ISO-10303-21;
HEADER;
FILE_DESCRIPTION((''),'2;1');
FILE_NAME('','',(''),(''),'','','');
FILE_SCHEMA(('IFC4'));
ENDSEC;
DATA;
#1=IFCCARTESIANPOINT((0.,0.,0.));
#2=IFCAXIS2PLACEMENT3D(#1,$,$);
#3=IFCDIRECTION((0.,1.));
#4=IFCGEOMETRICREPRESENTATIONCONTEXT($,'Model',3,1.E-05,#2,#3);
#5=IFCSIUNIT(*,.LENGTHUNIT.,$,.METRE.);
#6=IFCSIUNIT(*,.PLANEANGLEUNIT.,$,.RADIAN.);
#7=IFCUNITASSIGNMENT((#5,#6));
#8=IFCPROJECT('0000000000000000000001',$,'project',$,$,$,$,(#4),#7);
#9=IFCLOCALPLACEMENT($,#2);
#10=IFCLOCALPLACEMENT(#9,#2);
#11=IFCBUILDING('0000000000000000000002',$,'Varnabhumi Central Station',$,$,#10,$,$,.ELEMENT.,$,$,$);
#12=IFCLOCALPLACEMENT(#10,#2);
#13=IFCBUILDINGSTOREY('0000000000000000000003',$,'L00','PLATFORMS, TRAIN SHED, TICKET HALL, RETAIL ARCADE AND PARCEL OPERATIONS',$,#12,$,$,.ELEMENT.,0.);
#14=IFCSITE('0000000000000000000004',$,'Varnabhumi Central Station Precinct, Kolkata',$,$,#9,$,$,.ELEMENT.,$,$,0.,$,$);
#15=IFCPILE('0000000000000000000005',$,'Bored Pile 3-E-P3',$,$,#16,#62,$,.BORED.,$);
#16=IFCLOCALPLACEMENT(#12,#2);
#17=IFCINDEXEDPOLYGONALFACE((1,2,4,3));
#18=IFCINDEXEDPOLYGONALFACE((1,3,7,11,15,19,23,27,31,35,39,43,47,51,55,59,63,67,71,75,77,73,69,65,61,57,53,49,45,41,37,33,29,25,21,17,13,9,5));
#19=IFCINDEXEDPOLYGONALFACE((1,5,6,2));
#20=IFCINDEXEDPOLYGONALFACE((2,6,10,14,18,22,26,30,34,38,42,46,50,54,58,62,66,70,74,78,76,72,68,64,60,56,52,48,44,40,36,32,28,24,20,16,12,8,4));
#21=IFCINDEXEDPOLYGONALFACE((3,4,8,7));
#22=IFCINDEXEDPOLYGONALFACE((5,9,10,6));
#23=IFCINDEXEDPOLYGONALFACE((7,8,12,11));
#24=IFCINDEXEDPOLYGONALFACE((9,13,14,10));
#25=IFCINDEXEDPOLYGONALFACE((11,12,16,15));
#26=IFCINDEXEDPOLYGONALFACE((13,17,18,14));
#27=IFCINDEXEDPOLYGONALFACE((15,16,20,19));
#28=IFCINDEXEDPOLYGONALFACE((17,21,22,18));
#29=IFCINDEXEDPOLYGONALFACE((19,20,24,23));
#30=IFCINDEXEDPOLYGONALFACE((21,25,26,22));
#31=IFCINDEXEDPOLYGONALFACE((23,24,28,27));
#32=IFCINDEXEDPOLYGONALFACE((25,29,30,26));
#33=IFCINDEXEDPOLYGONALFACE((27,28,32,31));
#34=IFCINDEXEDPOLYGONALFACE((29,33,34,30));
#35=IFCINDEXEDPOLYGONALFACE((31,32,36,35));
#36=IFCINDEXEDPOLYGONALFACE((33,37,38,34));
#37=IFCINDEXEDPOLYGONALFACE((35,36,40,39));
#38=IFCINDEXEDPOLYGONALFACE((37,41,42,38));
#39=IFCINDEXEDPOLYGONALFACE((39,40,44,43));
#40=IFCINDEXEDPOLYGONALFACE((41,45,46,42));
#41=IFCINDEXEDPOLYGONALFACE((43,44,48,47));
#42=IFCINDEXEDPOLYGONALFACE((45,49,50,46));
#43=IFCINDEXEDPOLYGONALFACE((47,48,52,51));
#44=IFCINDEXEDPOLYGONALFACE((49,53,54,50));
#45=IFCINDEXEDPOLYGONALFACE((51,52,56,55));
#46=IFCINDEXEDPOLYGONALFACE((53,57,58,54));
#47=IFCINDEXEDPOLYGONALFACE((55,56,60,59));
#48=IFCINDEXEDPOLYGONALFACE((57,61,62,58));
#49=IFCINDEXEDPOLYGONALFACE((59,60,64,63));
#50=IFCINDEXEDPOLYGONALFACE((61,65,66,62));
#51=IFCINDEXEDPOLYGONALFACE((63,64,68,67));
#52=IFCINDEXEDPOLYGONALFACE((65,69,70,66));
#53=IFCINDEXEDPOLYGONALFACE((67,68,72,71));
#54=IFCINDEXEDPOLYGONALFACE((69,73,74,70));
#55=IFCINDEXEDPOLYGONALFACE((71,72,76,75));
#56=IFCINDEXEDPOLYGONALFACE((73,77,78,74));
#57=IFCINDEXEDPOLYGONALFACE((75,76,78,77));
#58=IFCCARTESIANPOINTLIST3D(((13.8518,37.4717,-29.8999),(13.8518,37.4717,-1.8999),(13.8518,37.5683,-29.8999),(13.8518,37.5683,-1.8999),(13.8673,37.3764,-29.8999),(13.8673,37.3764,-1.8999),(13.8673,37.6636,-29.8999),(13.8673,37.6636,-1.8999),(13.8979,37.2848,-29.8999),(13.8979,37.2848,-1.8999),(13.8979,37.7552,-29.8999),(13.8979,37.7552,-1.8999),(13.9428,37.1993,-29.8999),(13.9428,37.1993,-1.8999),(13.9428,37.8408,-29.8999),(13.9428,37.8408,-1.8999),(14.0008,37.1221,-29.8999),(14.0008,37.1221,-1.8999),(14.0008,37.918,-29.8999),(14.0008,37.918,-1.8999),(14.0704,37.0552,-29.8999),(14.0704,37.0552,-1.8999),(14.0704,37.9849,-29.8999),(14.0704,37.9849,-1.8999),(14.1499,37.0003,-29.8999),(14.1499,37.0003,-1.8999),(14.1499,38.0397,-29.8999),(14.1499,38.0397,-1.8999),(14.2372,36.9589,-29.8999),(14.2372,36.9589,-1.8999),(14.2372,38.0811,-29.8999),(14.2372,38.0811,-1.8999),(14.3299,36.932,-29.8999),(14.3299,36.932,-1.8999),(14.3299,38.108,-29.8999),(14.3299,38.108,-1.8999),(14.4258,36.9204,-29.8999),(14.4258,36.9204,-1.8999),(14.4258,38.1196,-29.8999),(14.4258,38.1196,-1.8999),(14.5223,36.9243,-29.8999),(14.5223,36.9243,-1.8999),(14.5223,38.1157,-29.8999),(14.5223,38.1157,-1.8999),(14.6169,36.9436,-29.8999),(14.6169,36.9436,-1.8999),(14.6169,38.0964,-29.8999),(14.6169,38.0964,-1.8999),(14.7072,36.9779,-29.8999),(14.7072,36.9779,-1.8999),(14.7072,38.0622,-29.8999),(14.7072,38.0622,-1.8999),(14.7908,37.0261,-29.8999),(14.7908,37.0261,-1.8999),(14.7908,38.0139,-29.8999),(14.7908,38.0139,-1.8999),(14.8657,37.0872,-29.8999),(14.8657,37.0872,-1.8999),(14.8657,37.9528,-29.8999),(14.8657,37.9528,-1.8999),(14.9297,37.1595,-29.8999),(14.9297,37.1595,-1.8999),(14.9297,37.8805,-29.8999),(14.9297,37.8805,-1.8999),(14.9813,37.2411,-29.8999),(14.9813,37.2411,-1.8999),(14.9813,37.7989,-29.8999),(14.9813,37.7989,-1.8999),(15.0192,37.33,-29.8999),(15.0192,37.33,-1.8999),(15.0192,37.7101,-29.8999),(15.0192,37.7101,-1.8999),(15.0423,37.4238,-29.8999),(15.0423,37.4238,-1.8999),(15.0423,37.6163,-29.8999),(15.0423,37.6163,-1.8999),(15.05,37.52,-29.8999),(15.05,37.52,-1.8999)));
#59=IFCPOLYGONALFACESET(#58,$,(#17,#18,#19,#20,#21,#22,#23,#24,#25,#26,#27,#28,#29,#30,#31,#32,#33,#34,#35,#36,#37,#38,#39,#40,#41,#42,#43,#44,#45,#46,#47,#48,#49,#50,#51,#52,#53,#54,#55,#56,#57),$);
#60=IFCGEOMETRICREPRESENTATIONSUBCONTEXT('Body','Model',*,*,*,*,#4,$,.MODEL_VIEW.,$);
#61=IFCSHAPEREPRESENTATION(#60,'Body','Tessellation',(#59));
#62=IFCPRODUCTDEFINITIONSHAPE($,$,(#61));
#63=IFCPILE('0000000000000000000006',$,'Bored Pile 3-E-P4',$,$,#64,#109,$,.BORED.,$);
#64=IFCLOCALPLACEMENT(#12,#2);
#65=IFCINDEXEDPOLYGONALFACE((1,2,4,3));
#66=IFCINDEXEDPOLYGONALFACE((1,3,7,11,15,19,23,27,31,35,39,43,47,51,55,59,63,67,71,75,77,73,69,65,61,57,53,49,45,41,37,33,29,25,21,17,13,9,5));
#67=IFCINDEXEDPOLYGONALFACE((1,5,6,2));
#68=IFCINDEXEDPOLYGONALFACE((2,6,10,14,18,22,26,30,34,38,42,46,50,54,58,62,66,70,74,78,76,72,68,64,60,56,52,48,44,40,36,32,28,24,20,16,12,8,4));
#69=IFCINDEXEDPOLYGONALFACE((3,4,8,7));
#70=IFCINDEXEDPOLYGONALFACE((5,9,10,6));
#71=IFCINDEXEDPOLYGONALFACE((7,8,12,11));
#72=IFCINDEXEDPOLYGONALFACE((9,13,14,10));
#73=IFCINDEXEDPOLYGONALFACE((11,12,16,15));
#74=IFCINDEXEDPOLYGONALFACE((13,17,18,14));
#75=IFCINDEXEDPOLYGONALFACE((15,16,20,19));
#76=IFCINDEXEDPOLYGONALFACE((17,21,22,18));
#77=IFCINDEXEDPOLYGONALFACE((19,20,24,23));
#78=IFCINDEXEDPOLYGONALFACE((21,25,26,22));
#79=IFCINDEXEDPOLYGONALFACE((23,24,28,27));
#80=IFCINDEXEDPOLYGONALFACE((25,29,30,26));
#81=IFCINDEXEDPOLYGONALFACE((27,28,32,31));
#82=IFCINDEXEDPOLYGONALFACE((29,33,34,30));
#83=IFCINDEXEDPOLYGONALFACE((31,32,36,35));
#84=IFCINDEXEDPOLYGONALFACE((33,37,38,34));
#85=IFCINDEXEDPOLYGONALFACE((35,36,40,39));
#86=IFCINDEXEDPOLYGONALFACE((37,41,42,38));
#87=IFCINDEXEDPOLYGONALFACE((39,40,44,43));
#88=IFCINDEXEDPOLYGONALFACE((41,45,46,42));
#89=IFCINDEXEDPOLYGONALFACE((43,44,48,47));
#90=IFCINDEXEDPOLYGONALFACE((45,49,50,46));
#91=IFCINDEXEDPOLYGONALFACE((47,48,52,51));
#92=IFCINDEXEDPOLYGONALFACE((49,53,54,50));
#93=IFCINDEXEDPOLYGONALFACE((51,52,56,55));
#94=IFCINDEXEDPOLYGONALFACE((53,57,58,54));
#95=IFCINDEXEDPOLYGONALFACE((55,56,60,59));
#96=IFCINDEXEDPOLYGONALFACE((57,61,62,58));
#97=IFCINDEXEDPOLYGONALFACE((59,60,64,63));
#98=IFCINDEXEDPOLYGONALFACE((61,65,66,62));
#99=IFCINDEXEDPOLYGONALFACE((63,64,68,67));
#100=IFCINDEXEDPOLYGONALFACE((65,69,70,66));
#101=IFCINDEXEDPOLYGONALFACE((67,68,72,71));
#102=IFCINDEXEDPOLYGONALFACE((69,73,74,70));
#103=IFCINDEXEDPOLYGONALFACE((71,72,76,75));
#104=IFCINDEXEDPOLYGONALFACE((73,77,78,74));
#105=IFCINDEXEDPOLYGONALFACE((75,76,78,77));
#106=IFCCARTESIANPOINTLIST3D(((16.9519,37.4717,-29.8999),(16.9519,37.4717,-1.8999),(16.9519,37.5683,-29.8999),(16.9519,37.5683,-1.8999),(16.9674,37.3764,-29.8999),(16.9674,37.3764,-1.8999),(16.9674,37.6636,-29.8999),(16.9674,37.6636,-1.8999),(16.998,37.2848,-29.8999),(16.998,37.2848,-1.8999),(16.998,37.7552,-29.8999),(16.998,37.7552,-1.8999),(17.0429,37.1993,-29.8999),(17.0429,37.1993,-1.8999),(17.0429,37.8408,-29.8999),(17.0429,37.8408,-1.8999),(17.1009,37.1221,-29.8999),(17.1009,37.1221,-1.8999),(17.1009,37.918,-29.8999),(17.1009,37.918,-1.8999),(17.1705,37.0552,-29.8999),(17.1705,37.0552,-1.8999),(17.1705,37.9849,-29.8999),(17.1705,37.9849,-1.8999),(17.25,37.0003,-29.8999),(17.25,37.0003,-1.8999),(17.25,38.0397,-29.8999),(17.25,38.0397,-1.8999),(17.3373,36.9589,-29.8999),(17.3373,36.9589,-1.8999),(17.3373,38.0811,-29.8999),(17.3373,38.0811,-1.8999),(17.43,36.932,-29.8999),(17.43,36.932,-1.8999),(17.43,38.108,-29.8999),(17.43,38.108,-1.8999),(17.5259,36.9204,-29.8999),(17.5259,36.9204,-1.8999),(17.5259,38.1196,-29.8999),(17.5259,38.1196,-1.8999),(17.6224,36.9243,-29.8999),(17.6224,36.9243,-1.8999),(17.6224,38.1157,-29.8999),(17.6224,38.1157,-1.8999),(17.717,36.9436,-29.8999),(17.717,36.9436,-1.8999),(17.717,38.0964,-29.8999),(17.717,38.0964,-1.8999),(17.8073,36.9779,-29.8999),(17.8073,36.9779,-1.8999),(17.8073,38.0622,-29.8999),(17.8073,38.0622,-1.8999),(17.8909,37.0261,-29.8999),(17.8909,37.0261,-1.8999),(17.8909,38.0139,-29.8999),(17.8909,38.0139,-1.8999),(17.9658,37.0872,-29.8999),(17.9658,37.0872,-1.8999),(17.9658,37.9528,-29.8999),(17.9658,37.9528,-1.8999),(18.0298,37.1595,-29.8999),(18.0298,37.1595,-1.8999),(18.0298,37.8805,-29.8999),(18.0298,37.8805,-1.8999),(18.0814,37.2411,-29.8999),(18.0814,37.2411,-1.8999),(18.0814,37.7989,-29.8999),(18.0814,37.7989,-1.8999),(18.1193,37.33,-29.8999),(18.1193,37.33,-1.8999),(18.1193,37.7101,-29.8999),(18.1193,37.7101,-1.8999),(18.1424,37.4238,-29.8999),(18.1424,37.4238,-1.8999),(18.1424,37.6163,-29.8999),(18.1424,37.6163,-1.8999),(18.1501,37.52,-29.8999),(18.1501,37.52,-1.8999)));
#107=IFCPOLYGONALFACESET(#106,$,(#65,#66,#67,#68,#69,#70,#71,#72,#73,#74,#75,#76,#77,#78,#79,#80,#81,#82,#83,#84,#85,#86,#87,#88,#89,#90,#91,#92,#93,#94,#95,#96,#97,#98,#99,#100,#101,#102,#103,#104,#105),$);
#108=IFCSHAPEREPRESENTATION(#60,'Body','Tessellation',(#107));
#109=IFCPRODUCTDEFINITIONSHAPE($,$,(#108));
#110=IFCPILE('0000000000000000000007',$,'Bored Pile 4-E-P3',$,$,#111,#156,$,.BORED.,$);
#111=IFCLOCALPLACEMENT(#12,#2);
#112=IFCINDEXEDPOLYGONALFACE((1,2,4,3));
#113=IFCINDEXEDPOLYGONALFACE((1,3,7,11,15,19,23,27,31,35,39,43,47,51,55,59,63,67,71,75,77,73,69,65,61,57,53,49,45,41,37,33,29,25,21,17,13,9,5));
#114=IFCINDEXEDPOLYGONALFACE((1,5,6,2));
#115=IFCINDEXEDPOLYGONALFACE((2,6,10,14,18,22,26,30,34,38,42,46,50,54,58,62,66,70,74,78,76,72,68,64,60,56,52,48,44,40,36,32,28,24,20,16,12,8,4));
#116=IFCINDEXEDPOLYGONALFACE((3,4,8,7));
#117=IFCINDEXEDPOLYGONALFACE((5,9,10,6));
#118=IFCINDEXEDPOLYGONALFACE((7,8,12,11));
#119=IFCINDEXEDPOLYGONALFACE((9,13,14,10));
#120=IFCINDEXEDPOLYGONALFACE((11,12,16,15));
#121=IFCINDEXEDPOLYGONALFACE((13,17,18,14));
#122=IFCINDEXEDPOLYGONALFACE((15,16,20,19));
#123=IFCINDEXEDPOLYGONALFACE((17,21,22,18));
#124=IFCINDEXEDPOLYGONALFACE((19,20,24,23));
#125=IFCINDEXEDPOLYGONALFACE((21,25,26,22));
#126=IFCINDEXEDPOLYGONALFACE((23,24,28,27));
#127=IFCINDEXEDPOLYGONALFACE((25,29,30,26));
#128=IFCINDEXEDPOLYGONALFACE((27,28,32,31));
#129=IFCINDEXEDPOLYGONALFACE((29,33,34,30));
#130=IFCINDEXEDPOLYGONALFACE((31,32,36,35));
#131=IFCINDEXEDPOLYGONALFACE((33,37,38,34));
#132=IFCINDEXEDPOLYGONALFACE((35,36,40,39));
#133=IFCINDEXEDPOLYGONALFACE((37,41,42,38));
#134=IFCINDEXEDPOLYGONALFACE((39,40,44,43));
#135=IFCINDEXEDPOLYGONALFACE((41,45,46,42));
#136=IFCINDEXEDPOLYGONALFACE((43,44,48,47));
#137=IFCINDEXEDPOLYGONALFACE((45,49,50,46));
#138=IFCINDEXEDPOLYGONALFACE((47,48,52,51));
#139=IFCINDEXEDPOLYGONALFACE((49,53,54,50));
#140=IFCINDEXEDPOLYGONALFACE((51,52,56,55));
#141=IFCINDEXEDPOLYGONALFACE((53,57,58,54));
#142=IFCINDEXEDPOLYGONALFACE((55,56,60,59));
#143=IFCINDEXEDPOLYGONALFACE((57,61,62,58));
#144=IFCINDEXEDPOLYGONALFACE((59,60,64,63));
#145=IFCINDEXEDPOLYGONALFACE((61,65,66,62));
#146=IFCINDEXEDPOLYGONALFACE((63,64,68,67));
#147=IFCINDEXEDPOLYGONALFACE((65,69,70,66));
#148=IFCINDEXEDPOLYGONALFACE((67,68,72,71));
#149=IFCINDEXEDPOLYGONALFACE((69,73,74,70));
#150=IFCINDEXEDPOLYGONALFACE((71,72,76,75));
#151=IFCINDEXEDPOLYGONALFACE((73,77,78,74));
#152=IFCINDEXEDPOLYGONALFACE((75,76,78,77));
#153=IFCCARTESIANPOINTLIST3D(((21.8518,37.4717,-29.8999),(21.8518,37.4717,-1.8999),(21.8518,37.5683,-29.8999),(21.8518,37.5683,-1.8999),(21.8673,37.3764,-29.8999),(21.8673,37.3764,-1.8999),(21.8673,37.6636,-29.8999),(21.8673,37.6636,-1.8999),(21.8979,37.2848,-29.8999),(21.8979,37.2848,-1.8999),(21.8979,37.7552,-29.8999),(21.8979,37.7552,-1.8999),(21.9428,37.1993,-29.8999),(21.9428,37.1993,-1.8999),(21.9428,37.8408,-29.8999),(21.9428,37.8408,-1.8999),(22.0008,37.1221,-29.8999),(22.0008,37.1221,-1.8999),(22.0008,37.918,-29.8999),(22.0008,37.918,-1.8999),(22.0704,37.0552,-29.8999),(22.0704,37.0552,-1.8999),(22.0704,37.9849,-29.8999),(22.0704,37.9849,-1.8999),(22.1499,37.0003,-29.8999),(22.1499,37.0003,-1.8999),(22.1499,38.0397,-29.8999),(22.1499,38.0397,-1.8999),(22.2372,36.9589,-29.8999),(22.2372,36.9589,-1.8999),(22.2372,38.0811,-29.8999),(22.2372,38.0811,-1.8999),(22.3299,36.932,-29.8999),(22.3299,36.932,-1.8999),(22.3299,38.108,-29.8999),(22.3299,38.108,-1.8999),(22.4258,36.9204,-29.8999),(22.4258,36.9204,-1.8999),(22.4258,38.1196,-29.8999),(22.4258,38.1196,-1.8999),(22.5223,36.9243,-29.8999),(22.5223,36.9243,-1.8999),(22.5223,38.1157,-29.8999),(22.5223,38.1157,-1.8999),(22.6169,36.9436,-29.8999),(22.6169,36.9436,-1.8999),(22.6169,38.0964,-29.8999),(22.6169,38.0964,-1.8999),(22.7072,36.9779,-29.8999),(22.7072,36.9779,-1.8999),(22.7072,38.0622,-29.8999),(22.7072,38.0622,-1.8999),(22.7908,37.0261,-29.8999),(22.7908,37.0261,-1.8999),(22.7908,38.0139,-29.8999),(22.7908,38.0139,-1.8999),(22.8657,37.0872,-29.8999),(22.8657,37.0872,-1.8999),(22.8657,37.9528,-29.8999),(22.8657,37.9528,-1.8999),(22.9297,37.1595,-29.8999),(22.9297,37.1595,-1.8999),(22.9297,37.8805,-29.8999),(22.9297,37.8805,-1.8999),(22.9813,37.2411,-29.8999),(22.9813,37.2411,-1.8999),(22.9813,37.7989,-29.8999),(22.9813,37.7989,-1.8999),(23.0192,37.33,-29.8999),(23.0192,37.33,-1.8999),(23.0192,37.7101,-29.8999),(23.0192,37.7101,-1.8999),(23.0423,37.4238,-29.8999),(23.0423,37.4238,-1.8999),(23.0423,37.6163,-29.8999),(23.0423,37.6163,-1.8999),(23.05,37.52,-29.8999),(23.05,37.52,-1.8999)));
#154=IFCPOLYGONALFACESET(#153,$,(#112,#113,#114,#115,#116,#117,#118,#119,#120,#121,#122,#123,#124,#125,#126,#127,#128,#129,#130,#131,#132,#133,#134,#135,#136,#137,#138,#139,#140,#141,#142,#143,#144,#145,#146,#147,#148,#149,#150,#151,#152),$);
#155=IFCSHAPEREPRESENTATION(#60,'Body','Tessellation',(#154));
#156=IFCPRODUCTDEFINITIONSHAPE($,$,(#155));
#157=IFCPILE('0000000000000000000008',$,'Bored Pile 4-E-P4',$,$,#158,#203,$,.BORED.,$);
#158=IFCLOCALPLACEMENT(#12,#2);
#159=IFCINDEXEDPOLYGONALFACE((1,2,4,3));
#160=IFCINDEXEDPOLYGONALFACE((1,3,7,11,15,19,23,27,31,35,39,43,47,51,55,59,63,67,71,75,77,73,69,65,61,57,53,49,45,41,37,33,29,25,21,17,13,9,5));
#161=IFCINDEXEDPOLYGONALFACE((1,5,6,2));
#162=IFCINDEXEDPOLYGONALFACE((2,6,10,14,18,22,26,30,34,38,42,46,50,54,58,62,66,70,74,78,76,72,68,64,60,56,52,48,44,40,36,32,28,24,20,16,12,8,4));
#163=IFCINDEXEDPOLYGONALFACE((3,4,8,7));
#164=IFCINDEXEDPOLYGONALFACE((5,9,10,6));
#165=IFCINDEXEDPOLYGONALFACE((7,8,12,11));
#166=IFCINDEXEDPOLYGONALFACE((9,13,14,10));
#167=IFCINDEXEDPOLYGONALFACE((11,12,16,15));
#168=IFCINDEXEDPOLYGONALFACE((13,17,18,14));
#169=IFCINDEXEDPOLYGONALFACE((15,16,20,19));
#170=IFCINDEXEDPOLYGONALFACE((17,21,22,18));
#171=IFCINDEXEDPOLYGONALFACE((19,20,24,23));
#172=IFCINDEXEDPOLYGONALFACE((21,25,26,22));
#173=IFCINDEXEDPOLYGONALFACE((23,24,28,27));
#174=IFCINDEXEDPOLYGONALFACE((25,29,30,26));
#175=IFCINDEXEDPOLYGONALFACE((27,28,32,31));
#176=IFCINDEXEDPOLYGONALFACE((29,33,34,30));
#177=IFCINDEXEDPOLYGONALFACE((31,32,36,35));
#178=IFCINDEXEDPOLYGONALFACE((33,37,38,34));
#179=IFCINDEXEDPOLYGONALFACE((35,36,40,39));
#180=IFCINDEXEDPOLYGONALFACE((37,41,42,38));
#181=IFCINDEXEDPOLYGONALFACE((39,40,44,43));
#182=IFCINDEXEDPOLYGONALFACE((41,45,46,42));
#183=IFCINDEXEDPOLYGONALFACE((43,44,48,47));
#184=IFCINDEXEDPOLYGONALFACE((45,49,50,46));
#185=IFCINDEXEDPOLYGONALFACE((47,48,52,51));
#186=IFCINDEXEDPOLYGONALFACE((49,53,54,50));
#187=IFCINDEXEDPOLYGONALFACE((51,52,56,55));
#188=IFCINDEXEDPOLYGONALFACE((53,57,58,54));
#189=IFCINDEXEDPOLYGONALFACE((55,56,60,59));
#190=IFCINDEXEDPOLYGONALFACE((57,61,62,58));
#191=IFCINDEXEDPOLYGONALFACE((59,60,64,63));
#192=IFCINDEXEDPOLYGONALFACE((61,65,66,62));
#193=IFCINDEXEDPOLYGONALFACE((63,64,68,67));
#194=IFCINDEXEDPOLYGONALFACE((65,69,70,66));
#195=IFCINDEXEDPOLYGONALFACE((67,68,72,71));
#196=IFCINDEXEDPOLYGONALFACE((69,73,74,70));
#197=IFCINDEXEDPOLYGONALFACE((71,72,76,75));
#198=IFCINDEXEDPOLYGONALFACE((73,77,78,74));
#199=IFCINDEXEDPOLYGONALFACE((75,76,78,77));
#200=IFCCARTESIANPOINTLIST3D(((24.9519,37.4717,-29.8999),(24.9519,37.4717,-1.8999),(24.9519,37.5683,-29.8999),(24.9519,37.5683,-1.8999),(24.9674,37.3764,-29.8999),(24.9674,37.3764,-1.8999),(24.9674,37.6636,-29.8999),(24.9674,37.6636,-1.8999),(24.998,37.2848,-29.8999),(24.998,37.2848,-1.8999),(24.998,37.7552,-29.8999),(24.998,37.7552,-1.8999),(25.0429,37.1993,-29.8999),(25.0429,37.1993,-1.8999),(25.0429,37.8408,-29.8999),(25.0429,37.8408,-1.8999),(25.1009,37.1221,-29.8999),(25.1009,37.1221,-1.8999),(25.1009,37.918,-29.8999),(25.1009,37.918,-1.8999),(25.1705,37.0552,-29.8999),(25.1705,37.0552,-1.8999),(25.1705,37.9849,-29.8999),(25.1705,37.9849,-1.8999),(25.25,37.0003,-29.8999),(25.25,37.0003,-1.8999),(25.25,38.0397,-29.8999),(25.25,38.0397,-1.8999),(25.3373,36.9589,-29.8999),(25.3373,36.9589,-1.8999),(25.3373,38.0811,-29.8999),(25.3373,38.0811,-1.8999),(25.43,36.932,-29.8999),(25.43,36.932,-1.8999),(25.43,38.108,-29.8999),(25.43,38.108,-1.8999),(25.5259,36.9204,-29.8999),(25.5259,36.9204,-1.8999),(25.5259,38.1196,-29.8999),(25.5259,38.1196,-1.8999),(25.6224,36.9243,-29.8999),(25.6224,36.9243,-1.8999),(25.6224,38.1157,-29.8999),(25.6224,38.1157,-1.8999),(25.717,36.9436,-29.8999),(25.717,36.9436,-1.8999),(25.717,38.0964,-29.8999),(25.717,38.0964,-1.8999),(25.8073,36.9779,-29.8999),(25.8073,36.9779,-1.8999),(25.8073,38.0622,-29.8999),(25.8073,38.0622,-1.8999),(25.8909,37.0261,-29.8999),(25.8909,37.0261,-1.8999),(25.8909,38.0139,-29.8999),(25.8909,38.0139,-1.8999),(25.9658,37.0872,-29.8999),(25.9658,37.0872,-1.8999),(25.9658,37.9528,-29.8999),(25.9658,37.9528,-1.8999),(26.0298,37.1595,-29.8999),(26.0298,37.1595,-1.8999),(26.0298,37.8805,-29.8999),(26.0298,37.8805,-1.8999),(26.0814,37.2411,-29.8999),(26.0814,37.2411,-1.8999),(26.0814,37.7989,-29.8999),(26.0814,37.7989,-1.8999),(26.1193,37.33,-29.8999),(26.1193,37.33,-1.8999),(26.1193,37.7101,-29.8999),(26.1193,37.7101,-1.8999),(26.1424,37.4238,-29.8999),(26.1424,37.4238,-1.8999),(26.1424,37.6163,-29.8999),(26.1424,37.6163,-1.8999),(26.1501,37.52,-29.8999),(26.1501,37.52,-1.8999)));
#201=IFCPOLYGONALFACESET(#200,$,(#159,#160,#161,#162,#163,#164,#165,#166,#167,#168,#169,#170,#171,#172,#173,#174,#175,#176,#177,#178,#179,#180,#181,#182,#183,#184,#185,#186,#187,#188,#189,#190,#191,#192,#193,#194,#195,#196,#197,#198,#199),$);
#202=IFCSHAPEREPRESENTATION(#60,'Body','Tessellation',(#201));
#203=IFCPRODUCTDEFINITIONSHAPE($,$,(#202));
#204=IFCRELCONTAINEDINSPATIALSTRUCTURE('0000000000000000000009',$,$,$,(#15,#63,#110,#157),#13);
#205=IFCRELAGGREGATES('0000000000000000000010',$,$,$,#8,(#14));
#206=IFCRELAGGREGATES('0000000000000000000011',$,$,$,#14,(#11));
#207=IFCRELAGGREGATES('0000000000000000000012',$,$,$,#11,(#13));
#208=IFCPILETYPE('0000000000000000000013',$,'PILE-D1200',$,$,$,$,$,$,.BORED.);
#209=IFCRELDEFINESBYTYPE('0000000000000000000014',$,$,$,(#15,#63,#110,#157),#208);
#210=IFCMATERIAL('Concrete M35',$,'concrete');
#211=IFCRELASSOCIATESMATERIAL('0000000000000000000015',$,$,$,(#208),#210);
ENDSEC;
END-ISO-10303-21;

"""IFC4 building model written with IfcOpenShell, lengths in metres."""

from ifc_helpers import new_model, si_unit, direction, frame, origin, origin_2d, place, context, subcontext, project, spatial, circle, extrude, material, material_profile, profile_set, type_object, element, save


model = new_model("IFC4")

# Units and contexts
model_context = context("Model", 3, precision=1e-05, world=origin(), true_north=direction((0.0, 1.0)))
body_context = subcontext(model_context, "Body", "Model", "MODEL_VIEW")
ifc_project = project(units=[si_unit("LENGTHUNIT", "METRE"), si_unit("PLANEANGLEUNIT", "RADIAN")], contexts=[model_context])

# Site, building, storey
site_placement = place(None, origin())
site = spatial("IfcSite", under=ifc_project, at=site_placement, Name="Varnabhumi Central Station Precinct, Kolkata", CompositionType="ELEMENT", RefElevation=0.0)
building_placement = place(site_placement, origin())
building = spatial("IfcBuilding", under=site, at=building_placement, Name="Varnabhumi Central Station", CompositionType="ELEMENT")
storey_placement = place(building_placement, origin())
storey = spatial("IfcBuildingStorey", under=building, at=storey_placement, Name="L00", Description="PLATFORMS, TRAIN SHED, TICKET HALL, RETAIL ARCADE AND PARCEL OPERATIONS", CompositionType="ELEMENT", Elevation=0.0)

# Piles
ifc_material_1 = material(Name="Concrete M35", Category="concrete")
ifc_material_profile_1 = material_profile(ifc_material_1, circle(Radius=0.6001, at=origin_2d()), Name="Concrete M35", Category="concrete")
ifc_profile_set_1 = profile_set([ifc_material_profile_1], Name="Concrete M35")
pile_type_1 = type_object("IfcPileType", Name="PILE-D1200", PredefinedType="BORED", material=ifc_profile_set_1)
for number, where, z_axis, x_axis, name in (
    (1, (14.45, 37.52, -1.8999), (0.0, 0.0, -1.0), (1.0, 0.0, 0.0), "Bored Pile 3-E-P3"),
    (2, (17.55, 37.52, -1.8999), (0.0, 0.0, -1.0), (1.0, 0.0, 0.0), "Bored Pile 3-E-P4"),
    (3, (22.45, 37.52, -1.8999), (0.0, 0.0, -1.0), (1.0, 0.0, 0.0), "Bored Pile 4-E-P3"),
    (4, (25.55, 37.52, -1.8999), (0.0, 0.0, -1.0), (1.0, 0.0, 0.0), "Bored Pile 4-E-P4"),
):
    element("IfcPile", number, at=place(storey_placement, frame(where, z_axis=z_axis, x_axis=x_axis)), inside=storey, type_object=pile_type_1, Name=name, PredefinedType="BORED", context=body_context, shape_type="SweptSolid", body=[
        extrude(circle(Radius=0.6001, at=origin_2d()), origin(), (0.0, 0.0, 1.0), 28.0),
    ])

save(model, "model.ifc")
